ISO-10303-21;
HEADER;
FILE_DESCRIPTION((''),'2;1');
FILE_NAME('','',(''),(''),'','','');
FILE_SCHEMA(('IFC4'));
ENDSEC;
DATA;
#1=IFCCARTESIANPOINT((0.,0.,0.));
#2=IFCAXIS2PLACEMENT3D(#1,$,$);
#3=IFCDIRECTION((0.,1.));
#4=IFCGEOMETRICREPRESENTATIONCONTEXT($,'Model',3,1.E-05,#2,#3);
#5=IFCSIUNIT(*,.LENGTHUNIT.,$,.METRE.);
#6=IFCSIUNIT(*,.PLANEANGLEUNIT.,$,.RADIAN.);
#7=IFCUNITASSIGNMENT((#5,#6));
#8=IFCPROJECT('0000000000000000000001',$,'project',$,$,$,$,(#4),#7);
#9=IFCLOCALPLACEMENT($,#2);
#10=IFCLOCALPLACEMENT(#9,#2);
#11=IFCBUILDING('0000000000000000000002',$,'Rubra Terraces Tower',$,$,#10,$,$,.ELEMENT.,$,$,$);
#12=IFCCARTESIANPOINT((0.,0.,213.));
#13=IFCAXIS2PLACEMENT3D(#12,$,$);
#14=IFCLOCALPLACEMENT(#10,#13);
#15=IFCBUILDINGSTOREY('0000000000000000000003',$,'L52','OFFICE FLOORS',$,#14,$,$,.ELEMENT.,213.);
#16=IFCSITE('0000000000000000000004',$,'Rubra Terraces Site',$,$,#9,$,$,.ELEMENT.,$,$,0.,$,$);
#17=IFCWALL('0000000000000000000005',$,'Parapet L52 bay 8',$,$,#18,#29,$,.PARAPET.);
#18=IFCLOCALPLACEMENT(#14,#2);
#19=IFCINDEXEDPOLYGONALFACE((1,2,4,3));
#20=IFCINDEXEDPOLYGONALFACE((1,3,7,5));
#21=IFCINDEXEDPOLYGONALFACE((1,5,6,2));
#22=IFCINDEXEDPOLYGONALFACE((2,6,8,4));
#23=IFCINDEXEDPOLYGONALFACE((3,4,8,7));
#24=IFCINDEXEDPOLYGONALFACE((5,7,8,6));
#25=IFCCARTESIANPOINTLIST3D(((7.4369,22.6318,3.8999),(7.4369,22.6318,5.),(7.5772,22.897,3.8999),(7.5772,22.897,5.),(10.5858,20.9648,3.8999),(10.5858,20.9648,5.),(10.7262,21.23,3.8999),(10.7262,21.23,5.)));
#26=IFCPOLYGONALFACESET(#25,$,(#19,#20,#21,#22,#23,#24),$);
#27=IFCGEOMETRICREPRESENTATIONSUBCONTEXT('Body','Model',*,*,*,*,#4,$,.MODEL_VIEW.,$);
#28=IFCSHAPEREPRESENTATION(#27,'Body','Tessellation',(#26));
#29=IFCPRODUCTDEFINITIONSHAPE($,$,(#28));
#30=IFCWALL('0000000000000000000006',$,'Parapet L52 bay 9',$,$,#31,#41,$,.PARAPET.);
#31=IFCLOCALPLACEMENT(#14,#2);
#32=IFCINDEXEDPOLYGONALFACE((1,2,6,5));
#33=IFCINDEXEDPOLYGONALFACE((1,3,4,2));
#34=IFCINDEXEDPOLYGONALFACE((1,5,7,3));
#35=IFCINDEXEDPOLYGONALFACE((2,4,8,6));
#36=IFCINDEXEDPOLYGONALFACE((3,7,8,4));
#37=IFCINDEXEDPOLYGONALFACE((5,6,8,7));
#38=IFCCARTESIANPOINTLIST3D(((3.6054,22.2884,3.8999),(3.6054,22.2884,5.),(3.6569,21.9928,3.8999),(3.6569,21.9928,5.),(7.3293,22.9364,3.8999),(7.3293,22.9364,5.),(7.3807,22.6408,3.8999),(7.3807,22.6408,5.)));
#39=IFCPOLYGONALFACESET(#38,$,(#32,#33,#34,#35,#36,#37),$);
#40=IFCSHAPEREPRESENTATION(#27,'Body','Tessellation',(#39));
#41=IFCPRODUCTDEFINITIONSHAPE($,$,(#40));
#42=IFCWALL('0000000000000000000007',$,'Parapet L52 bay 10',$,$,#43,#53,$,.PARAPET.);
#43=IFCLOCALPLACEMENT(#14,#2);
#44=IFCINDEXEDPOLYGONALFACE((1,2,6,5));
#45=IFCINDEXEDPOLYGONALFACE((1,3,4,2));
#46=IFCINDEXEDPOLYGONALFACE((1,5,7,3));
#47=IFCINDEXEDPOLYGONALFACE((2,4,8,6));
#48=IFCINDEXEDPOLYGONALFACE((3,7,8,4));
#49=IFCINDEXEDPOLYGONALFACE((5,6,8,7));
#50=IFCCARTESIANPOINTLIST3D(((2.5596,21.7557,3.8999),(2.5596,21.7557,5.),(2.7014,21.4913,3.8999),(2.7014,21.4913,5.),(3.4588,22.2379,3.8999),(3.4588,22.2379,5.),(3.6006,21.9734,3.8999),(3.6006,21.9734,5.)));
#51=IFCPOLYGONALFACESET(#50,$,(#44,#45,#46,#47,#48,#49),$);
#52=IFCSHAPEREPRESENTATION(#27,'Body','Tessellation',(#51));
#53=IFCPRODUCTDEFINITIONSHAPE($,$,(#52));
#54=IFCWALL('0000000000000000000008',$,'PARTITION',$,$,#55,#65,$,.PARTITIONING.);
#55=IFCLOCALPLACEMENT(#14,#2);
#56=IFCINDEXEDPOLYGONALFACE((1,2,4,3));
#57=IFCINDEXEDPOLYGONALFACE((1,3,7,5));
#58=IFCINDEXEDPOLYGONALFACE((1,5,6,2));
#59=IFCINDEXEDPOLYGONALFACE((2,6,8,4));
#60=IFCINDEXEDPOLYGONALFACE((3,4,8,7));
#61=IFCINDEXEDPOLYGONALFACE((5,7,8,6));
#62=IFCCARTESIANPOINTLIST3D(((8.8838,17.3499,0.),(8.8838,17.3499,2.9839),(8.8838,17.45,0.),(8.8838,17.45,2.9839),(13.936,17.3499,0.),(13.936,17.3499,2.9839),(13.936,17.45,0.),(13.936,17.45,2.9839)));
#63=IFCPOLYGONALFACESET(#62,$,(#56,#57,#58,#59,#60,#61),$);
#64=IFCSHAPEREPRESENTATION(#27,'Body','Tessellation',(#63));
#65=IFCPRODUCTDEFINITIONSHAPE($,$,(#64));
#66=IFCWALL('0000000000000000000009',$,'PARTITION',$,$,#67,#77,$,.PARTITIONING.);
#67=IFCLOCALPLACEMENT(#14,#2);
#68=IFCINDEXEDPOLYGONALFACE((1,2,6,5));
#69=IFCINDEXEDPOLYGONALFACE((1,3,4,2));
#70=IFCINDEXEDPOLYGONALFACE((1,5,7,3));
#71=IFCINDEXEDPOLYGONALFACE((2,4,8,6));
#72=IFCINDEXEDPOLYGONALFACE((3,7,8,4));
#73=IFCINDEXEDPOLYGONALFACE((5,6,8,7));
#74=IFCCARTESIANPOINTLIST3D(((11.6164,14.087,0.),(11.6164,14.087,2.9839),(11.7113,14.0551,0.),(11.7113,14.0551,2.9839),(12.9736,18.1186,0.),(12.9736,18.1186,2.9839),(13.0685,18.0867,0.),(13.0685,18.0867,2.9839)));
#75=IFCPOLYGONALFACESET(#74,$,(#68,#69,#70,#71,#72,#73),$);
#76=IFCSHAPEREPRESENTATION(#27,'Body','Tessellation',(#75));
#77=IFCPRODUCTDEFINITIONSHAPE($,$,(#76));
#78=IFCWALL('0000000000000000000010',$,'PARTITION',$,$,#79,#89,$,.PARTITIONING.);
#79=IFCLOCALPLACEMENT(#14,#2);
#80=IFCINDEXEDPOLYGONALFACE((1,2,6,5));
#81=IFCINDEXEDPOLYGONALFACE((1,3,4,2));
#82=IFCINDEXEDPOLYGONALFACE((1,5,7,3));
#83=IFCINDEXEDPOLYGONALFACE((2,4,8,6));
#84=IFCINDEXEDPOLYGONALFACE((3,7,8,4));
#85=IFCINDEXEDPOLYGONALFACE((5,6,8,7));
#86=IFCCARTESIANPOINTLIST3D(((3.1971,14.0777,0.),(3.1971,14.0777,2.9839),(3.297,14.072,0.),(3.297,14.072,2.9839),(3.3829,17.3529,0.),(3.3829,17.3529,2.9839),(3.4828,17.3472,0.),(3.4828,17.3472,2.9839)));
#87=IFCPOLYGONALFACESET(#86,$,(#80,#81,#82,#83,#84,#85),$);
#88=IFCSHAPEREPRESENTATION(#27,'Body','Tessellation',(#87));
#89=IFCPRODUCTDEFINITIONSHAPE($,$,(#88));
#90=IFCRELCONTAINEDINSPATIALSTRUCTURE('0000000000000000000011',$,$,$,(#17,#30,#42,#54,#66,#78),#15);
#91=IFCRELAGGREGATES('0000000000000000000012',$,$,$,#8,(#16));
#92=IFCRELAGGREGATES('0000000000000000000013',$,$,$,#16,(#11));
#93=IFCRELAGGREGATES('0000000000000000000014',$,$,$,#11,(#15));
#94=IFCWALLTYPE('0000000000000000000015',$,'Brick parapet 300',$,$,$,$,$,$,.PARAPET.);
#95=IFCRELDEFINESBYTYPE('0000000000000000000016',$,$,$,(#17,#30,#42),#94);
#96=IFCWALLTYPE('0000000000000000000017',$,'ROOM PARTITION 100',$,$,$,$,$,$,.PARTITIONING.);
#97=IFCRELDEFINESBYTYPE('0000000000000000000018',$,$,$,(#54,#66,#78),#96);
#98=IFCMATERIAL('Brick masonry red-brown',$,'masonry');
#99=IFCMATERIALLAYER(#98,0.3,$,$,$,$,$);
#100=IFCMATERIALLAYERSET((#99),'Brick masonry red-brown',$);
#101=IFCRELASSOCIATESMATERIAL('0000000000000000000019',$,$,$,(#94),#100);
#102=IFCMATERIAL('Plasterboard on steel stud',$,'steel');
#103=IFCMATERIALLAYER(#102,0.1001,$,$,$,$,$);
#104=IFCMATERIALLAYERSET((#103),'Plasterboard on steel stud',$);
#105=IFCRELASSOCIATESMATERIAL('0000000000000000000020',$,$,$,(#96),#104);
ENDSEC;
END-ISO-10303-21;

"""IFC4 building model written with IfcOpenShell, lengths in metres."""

from ifc_helpers import new_model, si_unit, direction, frame, frame_2d, origin, place, context, subcontext, project, spatial, rectangle, extrude, material, layer, layer_set, type_object, element, save


model = new_model("IFC4")

# Units and contexts
model_context = context("Model", 3, precision=1e-05, world=origin(), true_north=direction((0.0, 1.0)))
body_context = subcontext(model_context, "Body", "Model", "MODEL_VIEW")
ifc_project = project(units=[si_unit("LENGTHUNIT", "METRE"), si_unit("PLANEANGLEUNIT", "RADIAN")], contexts=[model_context])

# Site, building, storey
site_placement = place(None, origin())
site = spatial("IfcSite", under=ifc_project, at=site_placement, Name="Rubra Terraces Site", CompositionType="ELEMENT", RefElevation=0.0)
building_placement = place(site_placement, origin())
building = spatial("IfcBuilding", under=site, at=building_placement, Name="Rubra Terraces Tower", CompositionType="ELEMENT")
storey_placement = place(building_placement, frame((0.0, 0.0, 213.0)))
storey = spatial("IfcBuildingStorey", under=building, at=storey_placement, Name="L52", Description="OFFICE FLOORS", CompositionType="ELEMENT", Elevation=213.0)

# Shared definitions
ifc_material_1 = material(Name="Brick masonry red-brown", Category="masonry")

# Walls
ifc_layer_1 = layer(ifc_material_1, 0.3)
ifc_layer_set_1 = layer_set([ifc_layer_1], Name="Brick masonry red-brown")
wall_type_1 = type_object("IfcWallType", Name="Brick parapet 300", PredefinedType="PARAPET", material=ifc_layer_set_1)
wall_1_placement = place(storey_placement, frame((10.656, 21.0974, 3.8999), z_axis=(0.0, 0.0, 1.0), x_axis=(-0.883798, 0.467869, 0.0)))
element("IfcWall", 1, at=wall_1_placement, inside=storey, type_object=wall_type_1, Name="Parapet L52 bay 8", PredefinedType="PARAPET", context=body_context, shape_type="SweptSolid", body=[
    extrude(rectangle(XDim=3.563, YDim=0.3, at=frame_2d((1.7815, 0.0))), origin(), (0.0, 0.0, 1.0), 1.1001),
])
wall_2_placement = place(storey_placement, frame((7.355, 22.7886, 3.8999), z_axis=(0.0, 0.0, 1.0), x_axis=(-0.985198, -0.171423, 0.0)))
element("IfcWall", 2, at=wall_2_placement, inside=storey, type_object=wall_type_1, Name="Parapet L52 bay 9", PredefinedType="PARAPET", context=body_context, shape_type="SweptSolid", body=[
    extrude(rectangle(XDim=3.7798, YDim=0.3, at=frame_2d((1.8899, 0.0))), origin(), (0.0, 0.0, 1.0), 1.1001),
])
wall_3_placement = place(storey_placement, frame((3.5298, 22.1057, 3.8999), z_axis=(0.0, 0.0, 1.0), x_axis=(-0.881284, -0.472587, 0.0)))
element("IfcWall", 3, at=wall_3_placement, inside=storey, type_object=wall_type_1, Name="Parapet L52 bay 10", PredefinedType="PARAPET", context=body_context, shape_type="SweptSolid", body=[
    extrude(rectangle(XDim=1.0203, YDim=0.3, at=frame_2d((0.5103, 0.0))), origin(), (0.0, 0.0, 1.0), 1.1001),
])
ifc_material_2 = material(Name="Plasterboard on steel stud", Category="steel")
ifc_layer_2 = layer(ifc_material_2, 0.1001)
ifc_layer_set_2 = layer_set([ifc_layer_2], Name="Plasterboard on steel stud")
wall_type_2 = type_object("IfcWallType", Name="ROOM PARTITION 100", PredefinedType="PARTITIONING", material=ifc_layer_set_2)
wall_4_placement = place(storey_placement, frame((8.8838, 17.3999, 0.0), z_axis=(0.0, 0.0, 1.0), x_axis=(1.0, 0.0, 0.0)))
element("IfcWall", 4, at=wall_4_placement, inside=storey, type_object=wall_type_2, Name="PARTITION", PredefinedType="PARTITIONING", context=body_context, shape_type="SweptSolid", body=[
    extrude(rectangle(XDim=5.0522, YDim=0.1001, at=frame_2d((2.5261, 0.0))), origin(), (0.0, 0.0, 1.0), 2.9839),
])
wall_5_placement = place(storey_placement, frame((11.6638, 14.071, 0.0), z_axis=(0.0, 0.0, 1.0), x_axis=(0.31905, 0.947738, 0.0)))
element("IfcWall", 5, at=wall_5_placement, inside=storey, type_object=wall_type_2, Name="PARTITION", PredefinedType="PARTITIONING", context=body_context, shape_type="SweptSolid", body=[
    extrude(rectangle(XDim=4.2539, YDim=0.1001, at=frame_2d((2.127, 0.0))), origin(), (0.0, 0.0, 1.0), 2.9839),
])
wall_6_placement = place(storey_placement, frame((3.2471, 14.075, 0.0), z_axis=(0.0, 0.0, 1.0), x_axis=(0.056636, 0.998395, 0.0)))
element("IfcWall", 6, at=wall_6_placement, inside=storey, type_object=wall_type_2, Name="PARTITION", PredefinedType="PARTITIONING", context=body_context, shape_type="SweptSolid", body=[
    extrude(rectangle(XDim=3.2805, YDim=0.1001, at=frame_2d((1.6401, 0.0))), origin(), (0.0, 0.0, 1.0), 2.9839),
])

save(model, "model.ifc")
